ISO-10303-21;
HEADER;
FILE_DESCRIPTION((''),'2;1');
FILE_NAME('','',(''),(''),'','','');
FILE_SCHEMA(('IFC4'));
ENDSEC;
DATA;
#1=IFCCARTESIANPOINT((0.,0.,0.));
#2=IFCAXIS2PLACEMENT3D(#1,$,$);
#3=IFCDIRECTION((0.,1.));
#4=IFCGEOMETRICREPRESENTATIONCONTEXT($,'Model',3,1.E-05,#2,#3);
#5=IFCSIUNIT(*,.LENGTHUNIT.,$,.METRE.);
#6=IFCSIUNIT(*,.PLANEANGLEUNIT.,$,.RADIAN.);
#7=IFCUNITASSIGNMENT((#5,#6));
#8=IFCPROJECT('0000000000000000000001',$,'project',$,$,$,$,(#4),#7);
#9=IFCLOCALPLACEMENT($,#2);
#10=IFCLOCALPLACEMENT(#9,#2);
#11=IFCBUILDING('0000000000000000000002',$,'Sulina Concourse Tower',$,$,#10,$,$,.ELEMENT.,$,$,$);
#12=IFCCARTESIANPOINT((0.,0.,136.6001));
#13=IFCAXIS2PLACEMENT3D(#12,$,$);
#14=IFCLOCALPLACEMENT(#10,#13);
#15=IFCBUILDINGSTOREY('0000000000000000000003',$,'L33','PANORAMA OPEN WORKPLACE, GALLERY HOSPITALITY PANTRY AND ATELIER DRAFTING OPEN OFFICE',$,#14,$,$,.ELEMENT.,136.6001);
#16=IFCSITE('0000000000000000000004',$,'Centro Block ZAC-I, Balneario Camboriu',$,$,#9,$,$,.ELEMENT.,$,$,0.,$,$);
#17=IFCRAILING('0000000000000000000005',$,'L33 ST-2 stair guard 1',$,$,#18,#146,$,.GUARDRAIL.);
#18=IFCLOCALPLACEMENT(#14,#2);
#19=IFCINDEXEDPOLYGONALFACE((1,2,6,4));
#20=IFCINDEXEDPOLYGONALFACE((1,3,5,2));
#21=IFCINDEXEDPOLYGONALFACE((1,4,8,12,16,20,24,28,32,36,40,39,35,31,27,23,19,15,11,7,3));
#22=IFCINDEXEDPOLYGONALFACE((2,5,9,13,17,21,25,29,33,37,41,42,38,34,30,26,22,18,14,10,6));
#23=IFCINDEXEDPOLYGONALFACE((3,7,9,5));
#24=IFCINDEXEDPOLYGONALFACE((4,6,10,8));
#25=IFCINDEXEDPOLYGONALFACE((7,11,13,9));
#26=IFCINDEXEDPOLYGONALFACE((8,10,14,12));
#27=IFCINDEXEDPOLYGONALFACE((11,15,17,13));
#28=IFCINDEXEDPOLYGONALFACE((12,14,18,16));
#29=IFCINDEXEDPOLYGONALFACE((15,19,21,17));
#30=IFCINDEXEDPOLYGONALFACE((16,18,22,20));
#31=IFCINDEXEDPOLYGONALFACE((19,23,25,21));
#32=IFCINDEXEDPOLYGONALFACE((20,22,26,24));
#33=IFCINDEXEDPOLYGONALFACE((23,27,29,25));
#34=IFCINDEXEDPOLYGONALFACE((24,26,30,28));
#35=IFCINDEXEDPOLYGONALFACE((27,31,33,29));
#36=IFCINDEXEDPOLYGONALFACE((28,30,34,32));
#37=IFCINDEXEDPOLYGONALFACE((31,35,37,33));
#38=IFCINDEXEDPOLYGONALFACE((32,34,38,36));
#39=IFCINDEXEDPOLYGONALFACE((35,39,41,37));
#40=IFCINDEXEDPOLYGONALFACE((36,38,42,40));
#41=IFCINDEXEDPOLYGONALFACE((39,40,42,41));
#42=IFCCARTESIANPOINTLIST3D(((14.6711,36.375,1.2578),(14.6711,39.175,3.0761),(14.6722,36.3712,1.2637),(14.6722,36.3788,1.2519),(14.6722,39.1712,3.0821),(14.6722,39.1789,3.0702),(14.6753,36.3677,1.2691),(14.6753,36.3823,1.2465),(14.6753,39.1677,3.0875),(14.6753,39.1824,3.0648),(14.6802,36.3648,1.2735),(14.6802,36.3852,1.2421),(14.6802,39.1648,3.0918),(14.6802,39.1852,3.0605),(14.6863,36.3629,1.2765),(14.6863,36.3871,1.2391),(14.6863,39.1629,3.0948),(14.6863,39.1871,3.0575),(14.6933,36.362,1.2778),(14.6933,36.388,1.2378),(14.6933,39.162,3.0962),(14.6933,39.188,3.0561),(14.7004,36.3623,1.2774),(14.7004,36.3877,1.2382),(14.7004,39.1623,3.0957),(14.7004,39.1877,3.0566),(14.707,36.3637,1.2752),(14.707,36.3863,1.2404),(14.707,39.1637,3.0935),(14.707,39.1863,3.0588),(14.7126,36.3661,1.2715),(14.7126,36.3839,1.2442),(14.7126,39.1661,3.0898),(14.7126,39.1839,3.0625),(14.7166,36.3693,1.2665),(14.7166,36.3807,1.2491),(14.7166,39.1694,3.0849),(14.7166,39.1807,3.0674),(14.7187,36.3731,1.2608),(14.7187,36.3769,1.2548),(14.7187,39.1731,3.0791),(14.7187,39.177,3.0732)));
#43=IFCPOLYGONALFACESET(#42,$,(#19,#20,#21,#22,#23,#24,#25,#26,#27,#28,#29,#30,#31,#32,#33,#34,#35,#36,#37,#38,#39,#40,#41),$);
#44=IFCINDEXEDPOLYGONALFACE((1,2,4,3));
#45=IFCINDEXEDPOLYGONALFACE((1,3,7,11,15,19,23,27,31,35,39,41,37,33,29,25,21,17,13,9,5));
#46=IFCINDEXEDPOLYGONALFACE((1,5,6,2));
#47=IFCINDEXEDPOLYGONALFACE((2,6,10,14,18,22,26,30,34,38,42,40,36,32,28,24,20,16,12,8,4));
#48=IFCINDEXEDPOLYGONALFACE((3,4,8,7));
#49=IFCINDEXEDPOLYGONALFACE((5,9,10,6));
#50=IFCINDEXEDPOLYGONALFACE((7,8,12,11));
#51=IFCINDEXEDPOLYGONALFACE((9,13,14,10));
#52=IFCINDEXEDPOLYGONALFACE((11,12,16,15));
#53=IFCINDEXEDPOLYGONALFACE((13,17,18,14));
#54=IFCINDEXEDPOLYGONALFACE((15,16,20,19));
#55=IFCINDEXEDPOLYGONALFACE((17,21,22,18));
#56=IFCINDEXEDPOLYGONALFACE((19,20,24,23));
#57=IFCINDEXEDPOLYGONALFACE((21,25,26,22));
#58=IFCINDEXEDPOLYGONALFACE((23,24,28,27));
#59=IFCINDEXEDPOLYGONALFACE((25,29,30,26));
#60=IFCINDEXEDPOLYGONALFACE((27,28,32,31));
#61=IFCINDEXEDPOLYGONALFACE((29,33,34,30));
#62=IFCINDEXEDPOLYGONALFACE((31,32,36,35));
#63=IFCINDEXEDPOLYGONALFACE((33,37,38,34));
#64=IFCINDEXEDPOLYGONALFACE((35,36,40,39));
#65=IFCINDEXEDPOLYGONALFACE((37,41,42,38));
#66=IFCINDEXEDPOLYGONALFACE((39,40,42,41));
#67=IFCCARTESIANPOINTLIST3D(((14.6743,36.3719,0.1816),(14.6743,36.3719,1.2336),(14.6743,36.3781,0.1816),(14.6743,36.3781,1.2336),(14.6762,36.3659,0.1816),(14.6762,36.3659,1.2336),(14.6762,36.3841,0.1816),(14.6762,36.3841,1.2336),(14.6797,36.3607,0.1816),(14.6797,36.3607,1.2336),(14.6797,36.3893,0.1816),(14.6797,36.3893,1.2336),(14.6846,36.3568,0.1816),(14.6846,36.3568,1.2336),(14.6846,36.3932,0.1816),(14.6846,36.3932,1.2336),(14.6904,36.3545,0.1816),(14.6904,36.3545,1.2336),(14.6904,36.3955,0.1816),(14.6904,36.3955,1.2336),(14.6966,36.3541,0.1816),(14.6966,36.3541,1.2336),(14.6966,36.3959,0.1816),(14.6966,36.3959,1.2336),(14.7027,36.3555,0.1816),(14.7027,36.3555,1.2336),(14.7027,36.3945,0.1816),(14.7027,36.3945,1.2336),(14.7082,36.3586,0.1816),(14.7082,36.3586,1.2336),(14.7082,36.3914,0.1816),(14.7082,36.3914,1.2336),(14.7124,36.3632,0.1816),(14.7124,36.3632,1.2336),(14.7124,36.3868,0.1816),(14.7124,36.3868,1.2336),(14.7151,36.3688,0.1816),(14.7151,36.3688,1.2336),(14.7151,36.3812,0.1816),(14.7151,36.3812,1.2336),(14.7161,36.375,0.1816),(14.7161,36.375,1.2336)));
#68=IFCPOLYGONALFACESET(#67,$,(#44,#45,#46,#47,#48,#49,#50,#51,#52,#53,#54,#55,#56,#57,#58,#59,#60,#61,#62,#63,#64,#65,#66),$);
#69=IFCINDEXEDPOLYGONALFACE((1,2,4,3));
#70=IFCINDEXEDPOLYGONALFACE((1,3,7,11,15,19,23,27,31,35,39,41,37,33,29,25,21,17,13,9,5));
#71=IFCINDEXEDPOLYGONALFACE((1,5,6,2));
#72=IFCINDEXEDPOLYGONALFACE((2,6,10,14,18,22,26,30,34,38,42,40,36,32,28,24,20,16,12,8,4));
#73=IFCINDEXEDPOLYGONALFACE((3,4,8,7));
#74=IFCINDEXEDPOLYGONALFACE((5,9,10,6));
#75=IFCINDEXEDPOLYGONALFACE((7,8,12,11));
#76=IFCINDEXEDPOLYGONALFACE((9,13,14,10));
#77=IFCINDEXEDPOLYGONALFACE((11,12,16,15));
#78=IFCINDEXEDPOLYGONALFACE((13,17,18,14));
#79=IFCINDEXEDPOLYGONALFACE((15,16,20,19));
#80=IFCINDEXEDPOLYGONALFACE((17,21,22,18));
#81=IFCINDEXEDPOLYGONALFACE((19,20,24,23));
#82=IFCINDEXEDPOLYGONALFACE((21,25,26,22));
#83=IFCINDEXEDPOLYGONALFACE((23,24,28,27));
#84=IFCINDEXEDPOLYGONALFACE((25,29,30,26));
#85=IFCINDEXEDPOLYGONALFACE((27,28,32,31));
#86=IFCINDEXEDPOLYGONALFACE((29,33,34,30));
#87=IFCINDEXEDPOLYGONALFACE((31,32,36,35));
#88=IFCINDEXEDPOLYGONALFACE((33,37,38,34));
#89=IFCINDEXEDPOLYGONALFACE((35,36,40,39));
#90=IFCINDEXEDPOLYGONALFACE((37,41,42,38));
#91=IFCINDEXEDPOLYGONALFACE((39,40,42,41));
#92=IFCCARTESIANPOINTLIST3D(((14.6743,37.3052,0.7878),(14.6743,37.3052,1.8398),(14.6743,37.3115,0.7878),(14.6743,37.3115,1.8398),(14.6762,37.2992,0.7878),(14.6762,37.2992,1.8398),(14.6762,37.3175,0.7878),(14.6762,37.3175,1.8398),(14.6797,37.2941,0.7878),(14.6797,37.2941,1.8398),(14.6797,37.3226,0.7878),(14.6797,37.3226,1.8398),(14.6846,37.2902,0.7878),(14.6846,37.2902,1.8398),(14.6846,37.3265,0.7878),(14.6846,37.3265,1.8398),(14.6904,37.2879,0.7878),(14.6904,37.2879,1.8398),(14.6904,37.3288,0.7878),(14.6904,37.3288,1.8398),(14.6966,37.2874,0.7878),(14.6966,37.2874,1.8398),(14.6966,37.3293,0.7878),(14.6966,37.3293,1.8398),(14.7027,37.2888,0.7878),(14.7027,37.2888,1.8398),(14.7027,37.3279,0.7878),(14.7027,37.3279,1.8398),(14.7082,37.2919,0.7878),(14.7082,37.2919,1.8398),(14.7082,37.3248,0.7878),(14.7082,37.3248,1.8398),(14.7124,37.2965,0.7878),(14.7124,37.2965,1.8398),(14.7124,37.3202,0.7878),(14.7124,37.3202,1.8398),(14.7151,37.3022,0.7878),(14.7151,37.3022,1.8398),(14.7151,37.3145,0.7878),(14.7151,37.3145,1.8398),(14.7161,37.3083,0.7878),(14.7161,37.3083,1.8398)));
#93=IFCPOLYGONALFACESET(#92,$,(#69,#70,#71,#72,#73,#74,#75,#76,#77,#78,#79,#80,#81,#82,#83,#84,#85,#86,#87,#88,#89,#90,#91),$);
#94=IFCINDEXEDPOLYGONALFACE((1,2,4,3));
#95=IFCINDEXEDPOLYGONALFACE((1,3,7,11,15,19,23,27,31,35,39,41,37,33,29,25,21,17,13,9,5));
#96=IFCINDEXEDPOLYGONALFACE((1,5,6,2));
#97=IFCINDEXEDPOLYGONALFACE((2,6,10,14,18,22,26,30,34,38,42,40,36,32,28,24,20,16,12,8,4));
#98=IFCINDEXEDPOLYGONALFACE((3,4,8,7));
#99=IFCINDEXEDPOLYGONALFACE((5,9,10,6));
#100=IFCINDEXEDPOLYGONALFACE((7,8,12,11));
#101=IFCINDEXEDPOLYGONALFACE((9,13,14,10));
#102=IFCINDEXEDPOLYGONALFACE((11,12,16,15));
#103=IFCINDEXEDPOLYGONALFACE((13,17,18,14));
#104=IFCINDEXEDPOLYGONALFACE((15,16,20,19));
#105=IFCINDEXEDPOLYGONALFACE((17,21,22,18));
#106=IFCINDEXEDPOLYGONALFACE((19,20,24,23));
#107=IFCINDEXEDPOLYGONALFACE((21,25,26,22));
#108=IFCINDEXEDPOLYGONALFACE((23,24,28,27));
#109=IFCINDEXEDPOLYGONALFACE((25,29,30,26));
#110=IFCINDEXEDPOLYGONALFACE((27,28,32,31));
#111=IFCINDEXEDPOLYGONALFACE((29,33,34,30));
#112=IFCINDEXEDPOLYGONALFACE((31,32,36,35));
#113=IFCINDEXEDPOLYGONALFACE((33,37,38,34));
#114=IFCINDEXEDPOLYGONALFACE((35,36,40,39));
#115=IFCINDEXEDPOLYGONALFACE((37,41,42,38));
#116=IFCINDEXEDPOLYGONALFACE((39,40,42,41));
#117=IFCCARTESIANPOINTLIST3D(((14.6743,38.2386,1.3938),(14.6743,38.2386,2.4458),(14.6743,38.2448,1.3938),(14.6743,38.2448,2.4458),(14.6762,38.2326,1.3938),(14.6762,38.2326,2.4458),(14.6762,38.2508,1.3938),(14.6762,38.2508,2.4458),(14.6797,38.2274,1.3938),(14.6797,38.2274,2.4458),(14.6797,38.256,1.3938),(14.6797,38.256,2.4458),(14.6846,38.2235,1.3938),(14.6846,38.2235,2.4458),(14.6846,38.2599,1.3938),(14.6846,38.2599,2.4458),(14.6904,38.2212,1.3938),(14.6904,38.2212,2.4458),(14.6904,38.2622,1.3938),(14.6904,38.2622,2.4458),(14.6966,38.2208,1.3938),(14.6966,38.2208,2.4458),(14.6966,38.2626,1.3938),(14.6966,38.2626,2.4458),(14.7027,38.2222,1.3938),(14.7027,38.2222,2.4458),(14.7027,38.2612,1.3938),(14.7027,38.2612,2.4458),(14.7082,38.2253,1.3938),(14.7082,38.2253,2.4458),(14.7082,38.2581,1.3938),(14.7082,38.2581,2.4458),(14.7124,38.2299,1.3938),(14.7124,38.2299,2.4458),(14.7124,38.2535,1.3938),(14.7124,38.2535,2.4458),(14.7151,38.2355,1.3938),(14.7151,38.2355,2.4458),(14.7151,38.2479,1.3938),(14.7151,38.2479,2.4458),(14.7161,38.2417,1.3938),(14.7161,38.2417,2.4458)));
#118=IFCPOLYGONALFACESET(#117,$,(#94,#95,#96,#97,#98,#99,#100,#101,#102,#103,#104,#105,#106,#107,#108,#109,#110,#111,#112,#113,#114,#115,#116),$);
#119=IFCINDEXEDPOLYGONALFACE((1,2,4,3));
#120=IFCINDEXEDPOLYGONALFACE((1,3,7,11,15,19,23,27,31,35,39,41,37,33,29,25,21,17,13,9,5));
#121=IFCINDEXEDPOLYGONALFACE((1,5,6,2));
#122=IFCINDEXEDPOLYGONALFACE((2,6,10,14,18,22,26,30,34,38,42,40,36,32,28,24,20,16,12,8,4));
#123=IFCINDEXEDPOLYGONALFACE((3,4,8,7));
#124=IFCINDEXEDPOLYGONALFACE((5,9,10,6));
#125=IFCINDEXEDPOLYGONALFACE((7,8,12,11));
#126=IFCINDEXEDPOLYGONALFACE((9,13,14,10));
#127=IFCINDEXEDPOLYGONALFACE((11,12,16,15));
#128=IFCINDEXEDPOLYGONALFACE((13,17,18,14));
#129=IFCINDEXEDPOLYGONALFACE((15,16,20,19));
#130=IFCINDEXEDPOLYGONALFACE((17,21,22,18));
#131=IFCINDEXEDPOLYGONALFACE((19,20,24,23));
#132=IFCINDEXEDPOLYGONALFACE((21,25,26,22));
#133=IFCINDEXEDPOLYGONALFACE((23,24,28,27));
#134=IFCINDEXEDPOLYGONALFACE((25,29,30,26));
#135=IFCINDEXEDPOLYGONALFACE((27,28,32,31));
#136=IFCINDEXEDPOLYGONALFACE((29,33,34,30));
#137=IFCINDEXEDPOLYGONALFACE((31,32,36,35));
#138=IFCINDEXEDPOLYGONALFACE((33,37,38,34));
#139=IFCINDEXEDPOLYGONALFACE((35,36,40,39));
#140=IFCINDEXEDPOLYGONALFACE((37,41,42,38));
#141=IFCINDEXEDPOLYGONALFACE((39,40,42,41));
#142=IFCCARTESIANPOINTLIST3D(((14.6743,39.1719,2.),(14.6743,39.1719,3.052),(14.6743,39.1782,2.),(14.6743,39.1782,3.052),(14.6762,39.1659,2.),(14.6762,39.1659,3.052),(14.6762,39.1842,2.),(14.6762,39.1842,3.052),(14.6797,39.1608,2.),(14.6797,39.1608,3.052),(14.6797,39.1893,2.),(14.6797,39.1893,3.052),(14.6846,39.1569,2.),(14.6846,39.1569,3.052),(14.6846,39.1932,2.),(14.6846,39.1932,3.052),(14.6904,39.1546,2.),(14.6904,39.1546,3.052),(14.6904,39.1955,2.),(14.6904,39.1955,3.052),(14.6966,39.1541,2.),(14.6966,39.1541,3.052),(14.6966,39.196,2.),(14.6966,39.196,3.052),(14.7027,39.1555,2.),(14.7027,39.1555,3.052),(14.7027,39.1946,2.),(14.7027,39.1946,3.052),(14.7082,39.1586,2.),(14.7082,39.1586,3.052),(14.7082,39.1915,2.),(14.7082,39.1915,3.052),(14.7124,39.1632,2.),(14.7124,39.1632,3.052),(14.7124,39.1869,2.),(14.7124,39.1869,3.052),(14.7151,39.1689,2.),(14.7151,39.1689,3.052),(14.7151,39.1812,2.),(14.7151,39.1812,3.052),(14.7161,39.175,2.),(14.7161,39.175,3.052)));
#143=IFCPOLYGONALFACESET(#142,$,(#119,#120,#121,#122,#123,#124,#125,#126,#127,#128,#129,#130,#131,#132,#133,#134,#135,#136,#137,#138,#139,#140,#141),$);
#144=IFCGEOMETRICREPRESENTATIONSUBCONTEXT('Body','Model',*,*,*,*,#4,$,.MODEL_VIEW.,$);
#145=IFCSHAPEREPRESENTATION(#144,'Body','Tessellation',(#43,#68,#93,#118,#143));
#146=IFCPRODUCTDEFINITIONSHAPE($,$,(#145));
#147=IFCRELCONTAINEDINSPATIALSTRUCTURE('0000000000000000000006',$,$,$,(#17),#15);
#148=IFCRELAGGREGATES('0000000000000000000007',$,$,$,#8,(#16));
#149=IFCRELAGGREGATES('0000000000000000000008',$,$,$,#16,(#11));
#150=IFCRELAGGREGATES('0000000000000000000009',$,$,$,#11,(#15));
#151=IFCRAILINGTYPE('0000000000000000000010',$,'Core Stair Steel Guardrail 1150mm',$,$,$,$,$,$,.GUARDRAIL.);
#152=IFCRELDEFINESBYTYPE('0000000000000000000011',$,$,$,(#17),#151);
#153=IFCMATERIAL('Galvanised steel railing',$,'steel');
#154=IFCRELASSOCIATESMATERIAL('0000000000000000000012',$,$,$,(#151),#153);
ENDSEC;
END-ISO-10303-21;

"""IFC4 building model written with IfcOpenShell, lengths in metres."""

from ifc_helpers import new_model, si_unit, direction, frame, origin, origin_2d, place, context, subcontext, project, spatial, circle, extrude, material, type_object, element, save


model = new_model("IFC4")

# Units and contexts
model_context = context("Model", 3, precision=1e-05, world=origin(), true_north=direction((0.0, 1.0)))
body_context = subcontext(model_context, "Body", "Model", "MODEL_VIEW")
ifc_project = project(units=[si_unit("LENGTHUNIT", "METRE"), si_unit("PLANEANGLEUNIT", "RADIAN")], contexts=[model_context])

# Site, building, storey
site_placement = place(None, origin())
site = spatial("IfcSite", under=ifc_project, at=site_placement, Name="Centro Block ZAC-I, Balneario Camboriu", CompositionType="ELEMENT", RefElevation=0.0)
building_placement = place(site_placement, origin())
building = spatial("IfcBuilding", under=site, at=building_placement, Name="Sulina Concourse Tower", CompositionType="ELEMENT")
storey_placement = place(building_placement, frame((0.0, 0.0, 136.6001)))
storey = spatial("IfcBuildingStorey", under=building, at=storey_placement, Name="L33", Description="PANORAMA OPEN WORKPLACE, GALLERY HOSPITALITY PANTRY AND ATELIER DRAFTING OPEN OFFICE", CompositionType="ELEMENT", Elevation=136.6001)

# Railing
ifc_material_1 = material(Name="Galvanised steel railing", Category="steel")
railing_type_1 = type_object("IfcRailingType", Name="Core Stair Steel Guardrail 1150mm", PredefinedType="GUARDRAIL", material=ifc_material_1)
railing_1_placement = place(storey_placement, frame((14.6951, 36.375, 0.1816)))
element("IfcRailing", 1, at=railing_1_placement, inside=storey, type_object=railing_type_1, Name="L33 ST-2 stair guard 1", PredefinedType="GUARDRAIL", context=body_context, shape_type="SweptSolid", body=[
    extrude(circle(Radius=0.0239, at=origin_2d()), frame((0.0, 0.0, 1.0762), z_axis=(0.0, 0.838672, 0.544636), x_axis=(-1.0, 0.0, 0.0)), (0.0, 0.0, 1.0), 3.3386),
    extrude(circle(Radius=0.021, at=origin_2d()), origin(), (0.0, 0.0, 1.0), 1.052),
    extrude(circle(Radius=0.021, at=origin_2d()), frame((0.0, 0.9333, 0.6062)), (0.0, 0.0, 1.0), 1.052),
    extrude(circle(Radius=0.021, at=origin_2d()), frame((0.0, 1.8667, 1.2122)), (0.0, 0.0, 1.0), 1.052),
    extrude(circle(Radius=0.021, at=origin_2d()), frame((0.0, 2.8, 1.8184)), (0.0, 0.0, 1.0), 1.052),
])

save(model, "model.ifc")
